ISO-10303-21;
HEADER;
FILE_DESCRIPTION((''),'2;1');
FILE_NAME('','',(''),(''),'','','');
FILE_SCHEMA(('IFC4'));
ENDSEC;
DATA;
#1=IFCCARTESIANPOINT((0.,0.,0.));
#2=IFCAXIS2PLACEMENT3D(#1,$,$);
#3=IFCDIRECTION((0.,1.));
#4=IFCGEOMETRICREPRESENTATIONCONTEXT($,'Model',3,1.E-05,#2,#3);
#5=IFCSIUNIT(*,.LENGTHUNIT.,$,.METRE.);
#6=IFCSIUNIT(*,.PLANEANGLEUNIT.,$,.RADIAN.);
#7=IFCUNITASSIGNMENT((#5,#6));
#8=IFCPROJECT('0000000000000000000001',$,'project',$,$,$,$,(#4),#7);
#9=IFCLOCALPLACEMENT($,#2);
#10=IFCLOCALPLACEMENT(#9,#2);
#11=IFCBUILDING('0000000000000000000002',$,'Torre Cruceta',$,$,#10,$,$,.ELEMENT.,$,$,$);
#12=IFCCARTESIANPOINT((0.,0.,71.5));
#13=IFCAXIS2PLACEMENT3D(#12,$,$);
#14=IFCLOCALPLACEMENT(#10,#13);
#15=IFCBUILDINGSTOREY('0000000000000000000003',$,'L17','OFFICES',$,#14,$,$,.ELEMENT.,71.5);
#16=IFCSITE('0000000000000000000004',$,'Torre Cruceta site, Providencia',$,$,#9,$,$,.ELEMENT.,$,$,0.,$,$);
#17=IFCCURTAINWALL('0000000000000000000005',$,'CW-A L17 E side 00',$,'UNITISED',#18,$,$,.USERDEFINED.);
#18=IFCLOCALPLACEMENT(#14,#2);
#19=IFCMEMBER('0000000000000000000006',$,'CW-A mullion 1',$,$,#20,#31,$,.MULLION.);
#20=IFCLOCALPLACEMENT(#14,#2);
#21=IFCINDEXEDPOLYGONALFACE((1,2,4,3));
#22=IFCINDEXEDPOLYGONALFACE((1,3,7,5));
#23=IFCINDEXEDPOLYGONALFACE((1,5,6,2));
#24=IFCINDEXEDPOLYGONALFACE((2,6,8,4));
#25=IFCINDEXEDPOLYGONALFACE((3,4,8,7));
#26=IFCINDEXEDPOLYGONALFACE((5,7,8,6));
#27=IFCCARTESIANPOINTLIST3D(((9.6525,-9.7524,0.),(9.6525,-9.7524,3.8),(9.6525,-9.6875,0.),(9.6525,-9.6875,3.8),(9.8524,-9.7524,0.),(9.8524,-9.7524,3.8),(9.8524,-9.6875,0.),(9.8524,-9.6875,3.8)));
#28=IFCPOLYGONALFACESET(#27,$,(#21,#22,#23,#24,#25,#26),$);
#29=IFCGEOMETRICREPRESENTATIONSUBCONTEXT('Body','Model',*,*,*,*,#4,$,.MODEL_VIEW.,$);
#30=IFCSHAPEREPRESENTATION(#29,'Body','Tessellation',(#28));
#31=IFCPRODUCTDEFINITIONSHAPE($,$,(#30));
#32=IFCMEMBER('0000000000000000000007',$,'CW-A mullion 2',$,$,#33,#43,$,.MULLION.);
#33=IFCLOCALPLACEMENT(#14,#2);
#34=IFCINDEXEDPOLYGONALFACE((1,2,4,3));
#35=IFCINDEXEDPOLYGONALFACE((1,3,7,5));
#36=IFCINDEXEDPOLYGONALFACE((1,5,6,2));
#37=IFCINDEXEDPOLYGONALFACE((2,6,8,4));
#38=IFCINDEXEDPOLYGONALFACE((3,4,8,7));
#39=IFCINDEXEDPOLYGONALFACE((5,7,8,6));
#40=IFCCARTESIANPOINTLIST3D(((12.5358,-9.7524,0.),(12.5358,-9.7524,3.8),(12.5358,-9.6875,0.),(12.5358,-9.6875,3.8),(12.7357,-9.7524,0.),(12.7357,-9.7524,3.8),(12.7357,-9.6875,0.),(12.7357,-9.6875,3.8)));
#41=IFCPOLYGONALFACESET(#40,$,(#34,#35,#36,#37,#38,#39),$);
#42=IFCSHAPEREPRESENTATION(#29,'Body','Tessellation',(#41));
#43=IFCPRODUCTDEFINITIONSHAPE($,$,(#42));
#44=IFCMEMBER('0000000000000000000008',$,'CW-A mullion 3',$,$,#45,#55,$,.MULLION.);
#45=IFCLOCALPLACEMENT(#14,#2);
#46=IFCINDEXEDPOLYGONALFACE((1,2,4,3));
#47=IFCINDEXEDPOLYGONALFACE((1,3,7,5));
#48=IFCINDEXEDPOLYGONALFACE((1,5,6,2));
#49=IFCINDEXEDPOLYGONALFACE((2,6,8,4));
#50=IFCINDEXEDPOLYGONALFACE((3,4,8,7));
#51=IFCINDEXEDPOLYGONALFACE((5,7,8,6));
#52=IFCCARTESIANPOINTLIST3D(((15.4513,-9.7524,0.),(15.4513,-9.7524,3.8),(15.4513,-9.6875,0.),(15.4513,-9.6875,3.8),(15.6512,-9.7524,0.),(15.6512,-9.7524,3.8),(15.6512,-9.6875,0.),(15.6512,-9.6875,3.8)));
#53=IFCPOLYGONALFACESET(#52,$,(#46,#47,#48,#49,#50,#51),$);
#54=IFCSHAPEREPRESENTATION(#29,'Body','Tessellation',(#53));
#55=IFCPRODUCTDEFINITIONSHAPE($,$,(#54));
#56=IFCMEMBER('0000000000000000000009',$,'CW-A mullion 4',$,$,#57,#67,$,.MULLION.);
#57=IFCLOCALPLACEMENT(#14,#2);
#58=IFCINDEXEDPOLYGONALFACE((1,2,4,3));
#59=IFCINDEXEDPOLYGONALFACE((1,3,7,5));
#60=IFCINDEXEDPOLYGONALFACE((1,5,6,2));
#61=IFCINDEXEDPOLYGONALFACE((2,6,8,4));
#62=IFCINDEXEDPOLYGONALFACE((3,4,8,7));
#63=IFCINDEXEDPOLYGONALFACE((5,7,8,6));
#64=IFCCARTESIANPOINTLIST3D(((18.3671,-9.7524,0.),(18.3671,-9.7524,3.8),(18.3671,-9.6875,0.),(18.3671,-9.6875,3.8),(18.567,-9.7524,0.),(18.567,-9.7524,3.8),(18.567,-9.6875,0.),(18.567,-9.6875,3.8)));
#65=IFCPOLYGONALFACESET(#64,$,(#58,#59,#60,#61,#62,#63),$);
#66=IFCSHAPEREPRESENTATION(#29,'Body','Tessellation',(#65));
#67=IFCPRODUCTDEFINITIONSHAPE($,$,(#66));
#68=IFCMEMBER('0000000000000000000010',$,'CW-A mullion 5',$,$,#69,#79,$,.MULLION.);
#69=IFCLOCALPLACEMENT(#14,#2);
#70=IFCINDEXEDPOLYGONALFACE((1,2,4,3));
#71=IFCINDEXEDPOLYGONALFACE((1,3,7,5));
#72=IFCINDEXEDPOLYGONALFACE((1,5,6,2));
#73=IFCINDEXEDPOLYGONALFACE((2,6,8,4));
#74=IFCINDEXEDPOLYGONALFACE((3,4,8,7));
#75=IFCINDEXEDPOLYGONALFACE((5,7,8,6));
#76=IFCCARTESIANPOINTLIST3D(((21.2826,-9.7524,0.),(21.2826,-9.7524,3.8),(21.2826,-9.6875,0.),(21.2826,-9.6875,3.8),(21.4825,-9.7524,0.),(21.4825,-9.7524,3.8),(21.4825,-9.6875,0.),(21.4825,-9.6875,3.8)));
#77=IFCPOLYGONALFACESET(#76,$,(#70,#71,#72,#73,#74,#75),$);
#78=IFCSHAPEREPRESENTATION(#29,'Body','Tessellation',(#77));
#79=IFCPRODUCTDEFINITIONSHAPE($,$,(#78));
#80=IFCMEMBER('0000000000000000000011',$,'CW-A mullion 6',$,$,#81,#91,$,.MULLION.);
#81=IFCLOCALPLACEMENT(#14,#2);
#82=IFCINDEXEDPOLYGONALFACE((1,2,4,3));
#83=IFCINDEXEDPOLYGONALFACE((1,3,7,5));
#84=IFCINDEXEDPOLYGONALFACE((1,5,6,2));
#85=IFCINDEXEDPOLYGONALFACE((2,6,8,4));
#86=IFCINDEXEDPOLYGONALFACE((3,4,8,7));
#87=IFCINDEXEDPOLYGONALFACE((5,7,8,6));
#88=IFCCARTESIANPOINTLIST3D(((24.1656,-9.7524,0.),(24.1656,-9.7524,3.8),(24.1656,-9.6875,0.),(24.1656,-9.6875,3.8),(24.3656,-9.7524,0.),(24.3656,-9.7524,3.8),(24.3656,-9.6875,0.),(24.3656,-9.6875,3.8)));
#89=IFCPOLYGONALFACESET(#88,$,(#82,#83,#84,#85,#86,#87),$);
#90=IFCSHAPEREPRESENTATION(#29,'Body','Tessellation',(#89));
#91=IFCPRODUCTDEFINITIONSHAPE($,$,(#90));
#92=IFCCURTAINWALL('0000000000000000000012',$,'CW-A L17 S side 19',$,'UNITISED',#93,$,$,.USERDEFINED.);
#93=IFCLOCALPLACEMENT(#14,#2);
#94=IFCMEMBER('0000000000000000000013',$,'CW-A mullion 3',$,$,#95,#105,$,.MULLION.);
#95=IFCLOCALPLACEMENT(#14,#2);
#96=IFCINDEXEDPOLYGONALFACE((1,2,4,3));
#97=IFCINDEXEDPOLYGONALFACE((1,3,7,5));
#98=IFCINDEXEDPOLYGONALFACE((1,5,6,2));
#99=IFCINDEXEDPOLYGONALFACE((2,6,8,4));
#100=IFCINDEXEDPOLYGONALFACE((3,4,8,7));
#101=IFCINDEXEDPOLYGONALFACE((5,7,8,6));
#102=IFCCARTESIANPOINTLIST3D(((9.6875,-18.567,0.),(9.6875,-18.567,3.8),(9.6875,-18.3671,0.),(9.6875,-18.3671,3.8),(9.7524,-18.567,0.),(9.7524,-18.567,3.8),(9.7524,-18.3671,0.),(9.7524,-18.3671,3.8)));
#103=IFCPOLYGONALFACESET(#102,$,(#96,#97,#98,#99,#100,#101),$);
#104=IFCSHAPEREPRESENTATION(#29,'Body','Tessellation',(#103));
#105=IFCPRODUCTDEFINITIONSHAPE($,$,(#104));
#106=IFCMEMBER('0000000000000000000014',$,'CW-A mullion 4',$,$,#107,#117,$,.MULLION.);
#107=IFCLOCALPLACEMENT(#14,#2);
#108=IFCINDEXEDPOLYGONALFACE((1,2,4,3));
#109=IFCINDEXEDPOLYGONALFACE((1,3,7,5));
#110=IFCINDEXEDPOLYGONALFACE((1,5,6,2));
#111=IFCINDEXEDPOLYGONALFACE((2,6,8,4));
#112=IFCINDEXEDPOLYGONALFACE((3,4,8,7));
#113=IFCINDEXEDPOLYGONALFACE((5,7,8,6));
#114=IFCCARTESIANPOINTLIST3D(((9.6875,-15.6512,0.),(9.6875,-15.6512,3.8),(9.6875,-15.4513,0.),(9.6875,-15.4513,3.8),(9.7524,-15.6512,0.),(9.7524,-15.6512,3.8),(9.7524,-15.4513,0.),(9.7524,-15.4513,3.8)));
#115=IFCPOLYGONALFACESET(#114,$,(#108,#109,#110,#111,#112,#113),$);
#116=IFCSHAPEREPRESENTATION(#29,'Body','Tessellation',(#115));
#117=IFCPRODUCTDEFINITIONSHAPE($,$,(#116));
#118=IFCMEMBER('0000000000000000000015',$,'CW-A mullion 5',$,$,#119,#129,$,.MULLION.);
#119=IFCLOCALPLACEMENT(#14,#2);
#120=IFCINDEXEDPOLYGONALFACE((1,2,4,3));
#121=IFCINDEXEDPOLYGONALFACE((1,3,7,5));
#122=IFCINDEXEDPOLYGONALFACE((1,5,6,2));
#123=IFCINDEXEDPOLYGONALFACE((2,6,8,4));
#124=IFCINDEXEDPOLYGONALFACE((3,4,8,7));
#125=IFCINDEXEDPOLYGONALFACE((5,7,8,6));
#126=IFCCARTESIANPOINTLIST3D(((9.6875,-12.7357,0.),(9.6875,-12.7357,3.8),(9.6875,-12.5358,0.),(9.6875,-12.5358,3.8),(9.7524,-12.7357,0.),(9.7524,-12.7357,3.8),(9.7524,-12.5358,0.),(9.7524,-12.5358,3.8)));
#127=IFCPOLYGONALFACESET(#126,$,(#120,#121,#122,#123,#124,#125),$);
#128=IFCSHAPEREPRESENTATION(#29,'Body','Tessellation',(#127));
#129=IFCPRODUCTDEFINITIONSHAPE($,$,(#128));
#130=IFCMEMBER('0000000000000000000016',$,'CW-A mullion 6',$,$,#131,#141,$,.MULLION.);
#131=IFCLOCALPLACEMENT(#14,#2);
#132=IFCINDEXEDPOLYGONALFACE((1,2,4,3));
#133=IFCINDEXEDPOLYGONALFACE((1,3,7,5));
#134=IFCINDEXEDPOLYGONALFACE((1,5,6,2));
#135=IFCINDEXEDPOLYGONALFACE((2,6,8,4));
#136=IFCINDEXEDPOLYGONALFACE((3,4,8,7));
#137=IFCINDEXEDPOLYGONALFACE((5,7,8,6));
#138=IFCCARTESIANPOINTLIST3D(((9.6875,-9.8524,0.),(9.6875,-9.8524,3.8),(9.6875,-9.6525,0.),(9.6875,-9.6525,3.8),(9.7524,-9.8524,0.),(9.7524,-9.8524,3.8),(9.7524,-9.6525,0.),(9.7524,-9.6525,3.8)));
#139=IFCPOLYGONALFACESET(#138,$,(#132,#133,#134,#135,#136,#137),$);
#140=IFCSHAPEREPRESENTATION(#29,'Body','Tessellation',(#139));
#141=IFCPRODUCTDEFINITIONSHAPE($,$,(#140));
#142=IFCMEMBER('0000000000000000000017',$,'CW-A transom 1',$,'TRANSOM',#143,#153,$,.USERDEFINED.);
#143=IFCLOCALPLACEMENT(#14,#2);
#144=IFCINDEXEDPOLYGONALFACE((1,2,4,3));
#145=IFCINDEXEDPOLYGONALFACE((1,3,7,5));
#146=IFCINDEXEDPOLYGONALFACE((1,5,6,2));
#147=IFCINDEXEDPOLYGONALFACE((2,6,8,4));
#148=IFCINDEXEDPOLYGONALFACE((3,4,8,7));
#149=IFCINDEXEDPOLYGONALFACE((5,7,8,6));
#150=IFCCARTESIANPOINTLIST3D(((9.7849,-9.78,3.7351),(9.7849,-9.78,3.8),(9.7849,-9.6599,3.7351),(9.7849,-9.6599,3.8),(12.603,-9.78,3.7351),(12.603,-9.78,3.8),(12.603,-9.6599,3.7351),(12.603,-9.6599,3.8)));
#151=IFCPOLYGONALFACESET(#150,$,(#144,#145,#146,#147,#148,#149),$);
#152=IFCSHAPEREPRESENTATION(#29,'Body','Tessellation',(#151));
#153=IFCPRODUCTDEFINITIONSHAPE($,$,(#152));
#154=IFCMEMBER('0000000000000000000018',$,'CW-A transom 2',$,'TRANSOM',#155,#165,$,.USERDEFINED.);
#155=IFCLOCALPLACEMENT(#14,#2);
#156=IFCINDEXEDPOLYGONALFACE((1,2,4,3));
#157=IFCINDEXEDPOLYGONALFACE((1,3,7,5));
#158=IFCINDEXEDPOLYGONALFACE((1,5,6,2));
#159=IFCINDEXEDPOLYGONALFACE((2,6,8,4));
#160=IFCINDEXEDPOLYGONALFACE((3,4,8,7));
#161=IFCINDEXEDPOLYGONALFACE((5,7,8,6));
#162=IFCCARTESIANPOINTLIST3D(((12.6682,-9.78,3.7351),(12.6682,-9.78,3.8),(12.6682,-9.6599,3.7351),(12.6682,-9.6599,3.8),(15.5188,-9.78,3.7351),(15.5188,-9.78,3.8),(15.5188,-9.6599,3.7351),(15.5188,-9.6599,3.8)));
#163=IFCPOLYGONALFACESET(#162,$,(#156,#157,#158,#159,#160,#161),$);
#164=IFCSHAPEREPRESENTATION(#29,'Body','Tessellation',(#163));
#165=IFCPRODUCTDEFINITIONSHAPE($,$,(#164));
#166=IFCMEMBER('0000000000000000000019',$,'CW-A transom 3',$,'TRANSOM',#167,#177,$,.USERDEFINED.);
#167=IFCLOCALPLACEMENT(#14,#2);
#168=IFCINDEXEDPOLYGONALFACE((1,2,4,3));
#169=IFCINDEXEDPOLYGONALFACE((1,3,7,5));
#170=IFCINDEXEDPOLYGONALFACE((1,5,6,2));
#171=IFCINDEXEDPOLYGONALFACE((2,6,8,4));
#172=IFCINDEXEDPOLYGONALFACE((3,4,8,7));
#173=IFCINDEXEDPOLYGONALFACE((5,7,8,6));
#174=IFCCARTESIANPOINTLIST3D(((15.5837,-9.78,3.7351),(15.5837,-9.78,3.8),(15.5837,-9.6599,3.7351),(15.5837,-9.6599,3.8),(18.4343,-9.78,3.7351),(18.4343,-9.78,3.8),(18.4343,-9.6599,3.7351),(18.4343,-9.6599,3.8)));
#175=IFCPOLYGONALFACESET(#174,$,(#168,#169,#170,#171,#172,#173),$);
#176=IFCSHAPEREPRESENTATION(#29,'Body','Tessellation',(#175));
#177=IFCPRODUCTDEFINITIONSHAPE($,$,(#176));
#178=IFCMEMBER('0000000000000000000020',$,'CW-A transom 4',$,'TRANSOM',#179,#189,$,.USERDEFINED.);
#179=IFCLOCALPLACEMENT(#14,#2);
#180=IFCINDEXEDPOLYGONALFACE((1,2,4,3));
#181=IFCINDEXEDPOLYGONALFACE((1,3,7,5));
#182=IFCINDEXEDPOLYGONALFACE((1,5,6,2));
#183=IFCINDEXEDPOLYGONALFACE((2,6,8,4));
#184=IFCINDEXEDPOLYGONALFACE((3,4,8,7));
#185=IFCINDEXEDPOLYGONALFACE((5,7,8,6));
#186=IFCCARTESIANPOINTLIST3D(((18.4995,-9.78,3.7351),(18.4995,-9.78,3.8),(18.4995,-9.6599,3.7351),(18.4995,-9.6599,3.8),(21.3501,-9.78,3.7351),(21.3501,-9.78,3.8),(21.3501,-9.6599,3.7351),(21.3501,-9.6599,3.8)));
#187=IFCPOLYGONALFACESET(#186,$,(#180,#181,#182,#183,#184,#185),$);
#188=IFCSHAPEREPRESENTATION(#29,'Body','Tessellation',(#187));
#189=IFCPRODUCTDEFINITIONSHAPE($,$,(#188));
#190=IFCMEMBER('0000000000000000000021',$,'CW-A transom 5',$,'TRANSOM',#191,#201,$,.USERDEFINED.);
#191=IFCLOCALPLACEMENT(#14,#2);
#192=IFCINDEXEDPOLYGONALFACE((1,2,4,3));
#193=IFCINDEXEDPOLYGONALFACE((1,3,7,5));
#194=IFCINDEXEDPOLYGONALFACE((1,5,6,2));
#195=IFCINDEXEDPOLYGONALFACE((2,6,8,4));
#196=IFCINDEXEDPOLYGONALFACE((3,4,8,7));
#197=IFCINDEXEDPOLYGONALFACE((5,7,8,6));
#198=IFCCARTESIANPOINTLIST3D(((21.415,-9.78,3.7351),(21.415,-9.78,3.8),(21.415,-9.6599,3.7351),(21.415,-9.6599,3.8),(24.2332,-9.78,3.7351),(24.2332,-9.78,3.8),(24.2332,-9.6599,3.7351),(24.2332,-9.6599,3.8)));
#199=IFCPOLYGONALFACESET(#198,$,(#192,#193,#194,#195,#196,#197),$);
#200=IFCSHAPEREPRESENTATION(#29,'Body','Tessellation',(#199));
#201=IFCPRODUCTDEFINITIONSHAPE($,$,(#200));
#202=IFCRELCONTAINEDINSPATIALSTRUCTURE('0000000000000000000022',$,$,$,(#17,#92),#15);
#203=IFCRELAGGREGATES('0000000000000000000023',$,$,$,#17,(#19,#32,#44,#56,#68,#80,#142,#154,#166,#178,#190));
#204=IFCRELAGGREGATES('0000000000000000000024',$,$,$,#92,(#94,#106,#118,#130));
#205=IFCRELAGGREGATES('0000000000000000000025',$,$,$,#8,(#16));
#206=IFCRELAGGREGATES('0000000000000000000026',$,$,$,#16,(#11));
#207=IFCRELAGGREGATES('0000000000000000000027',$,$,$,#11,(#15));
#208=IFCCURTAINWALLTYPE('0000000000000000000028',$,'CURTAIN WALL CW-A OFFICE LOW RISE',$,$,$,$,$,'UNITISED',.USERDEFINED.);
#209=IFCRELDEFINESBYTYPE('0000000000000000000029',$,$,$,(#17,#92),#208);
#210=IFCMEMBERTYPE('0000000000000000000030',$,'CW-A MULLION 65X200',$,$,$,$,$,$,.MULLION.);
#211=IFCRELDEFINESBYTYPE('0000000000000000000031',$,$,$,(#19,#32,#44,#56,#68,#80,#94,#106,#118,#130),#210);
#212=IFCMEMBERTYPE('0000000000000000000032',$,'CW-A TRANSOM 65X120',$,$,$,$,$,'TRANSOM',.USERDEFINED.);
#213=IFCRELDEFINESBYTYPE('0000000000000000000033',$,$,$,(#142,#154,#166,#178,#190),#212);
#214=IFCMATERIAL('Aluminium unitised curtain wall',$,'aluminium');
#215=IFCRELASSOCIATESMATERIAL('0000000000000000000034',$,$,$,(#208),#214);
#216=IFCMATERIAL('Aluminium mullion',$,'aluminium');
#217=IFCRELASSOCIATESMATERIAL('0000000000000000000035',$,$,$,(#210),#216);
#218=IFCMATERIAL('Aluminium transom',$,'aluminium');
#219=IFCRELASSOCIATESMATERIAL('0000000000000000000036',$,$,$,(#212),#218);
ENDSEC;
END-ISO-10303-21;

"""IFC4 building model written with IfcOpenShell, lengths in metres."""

from ifc_helpers import new_model, si_unit, direction, frame, origin, origin_2d, place, context, subcontext, project, spatial, rectangle, extrude, material, material_profile, profile_set, type_object, element, aggregate, save


model = new_model("IFC4")

# Units and contexts
model_context = context("Model", 3, precision=1e-05, world=origin(), true_north=direction((0.0, 1.0)))
body_context = subcontext(model_context, "Body", "Model", "MODEL_VIEW")
ifc_project = project(units=[si_unit("LENGTHUNIT", "METRE"), si_unit("PLANEANGLEUNIT", "RADIAN")], contexts=[model_context])

# Site, building, storey
site_placement = place(None, origin())
site = spatial("IfcSite", under=ifc_project, at=site_placement, Name="Torre Cruceta site, Providencia", CompositionType="ELEMENT", RefElevation=0.0)
building_placement = place(site_placement, origin())
building = spatial("IfcBuilding", under=site, at=building_placement, Name="Torre Cruceta", CompositionType="ELEMENT")
storey_placement = place(building_placement, frame((0.0, 0.0, 71.5)))
storey = spatial("IfcBuildingStorey", under=building, at=storey_placement, Name="L17", Description="OFFICES", CompositionType="ELEMENT", Elevation=71.5)

# Curtain walls, members
ifc_material_1 = material(Name="Aluminium unitised curtain wall", Category="aluminium")
curtain_wall_type = type_object("IfcCurtainWallType", Name="CURTAIN WALL CW-A OFFICE LOW RISE", ElementType="UNITISED", PredefinedType="USERDEFINED", material=ifc_material_1)
curtain_wall_1_placement = place(storey_placement, origin())
curtain_wall_1 = element("IfcCurtainWall", 1, at=curtain_wall_1_placement, inside=storey, type_object=curtain_wall_type, Name="CW-A L17 E side 00", ObjectType="UNITISED", PredefinedType="USERDEFINED")
ifc_material_2 = material(Name="Aluminium mullion", Category="aluminium")
ifc_material_profile_1 = material_profile(ifc_material_2, rectangle(XDim=0.0649, YDim=0.2, at=origin_2d()), Name="AL 65X200")
ifc_profile_set_1 = profile_set([ifc_material_profile_1], Name="Aluminium mullion")
member_type_1 = type_object("IfcMemberType", Name="CW-A MULLION 65X200", PredefinedType="MULLION", material=ifc_profile_set_1)
member_1_placement = place(storey_placement, frame((9.7524, -9.72, 0.0), z_axis=(0.0, 0.0, 1.0), x_axis=(0.0, 1.0, 0.0)))
member_1 = element("IfcMember", 2, at=member_1_placement, type_object=member_type_1, Name="CW-A mullion 1", PredefinedType="MULLION", context=body_context, shape_type="SweptSolid", body=[
    extrude(rectangle(XDim=0.0649, YDim=0.2, at=origin_2d()), origin(), (0.0, 0.0, 1.0), 3.8),
])
member_2_placement = place(storey_placement, frame((12.6357, -9.72, 0.0), z_axis=(0.0, 0.0, 1.0), x_axis=(0.0, 1.0, 0.0)))
member_2 = element("IfcMember", 3, at=member_2_placement, type_object=member_type_1, Name="CW-A mullion 2", PredefinedType="MULLION", context=body_context, shape_type="SweptSolid", body=[
    extrude(rectangle(XDim=0.0649, YDim=0.2, at=origin_2d()), origin(), (0.0, 0.0, 1.0), 3.8),
])
member_3_placement = place(storey_placement, frame((15.5513, -9.72, 0.0), z_axis=(0.0, 0.0, 1.0), x_axis=(0.0, 1.0, 0.0)))
member_3 = element("IfcMember", 4, at=member_3_placement, type_object=member_type_1, Name="CW-A mullion 3", PredefinedType="MULLION", context=body_context, shape_type="SweptSolid", body=[
    extrude(rectangle(XDim=0.0649, YDim=0.2, at=origin_2d()), origin(), (0.0, 0.0, 1.0), 3.8),
])
member_4_placement = place(storey_placement, frame((18.467, -9.72, 0.0), z_axis=(0.0, 0.0, 1.0), x_axis=(0.0, 1.0, 0.0)))
member_4 = element("IfcMember", 5, at=member_4_placement, type_object=member_type_1, Name="CW-A mullion 4", PredefinedType="MULLION", context=body_context, shape_type="SweptSolid", body=[
    extrude(rectangle(XDim=0.0649, YDim=0.2, at=origin_2d()), origin(), (0.0, 0.0, 1.0), 3.8),
])
member_5_placement = place(storey_placement, frame((21.3826, -9.72, 0.0), z_axis=(0.0, 0.0, 1.0), x_axis=(0.0, 1.0, 0.0)))
member_5 = element("IfcMember", 6, at=member_5_placement, type_object=member_type_1, Name="CW-A mullion 5", PredefinedType="MULLION", context=body_context, shape_type="SweptSolid", body=[
    extrude(rectangle(XDim=0.0649, YDim=0.2, at=origin_2d()), origin(), (0.0, 0.0, 1.0), 3.8),
])
member_6_placement = place(storey_placement, frame((24.2656, -9.72, 0.0), z_axis=(0.0, 0.0, 1.0), x_axis=(0.0, 1.0, 0.0)))
member_6 = element("IfcMember", 7, at=member_6_placement, type_object=member_type_1, Name="CW-A mullion 6", PredefinedType="MULLION", context=body_context, shape_type="SweptSolid", body=[
    extrude(rectangle(XDim=0.0649, YDim=0.2, at=origin_2d()), origin(), (0.0, 0.0, 1.0), 3.8),
])
curtain_wall_2_placement = place(storey_placement, origin())
curtain_wall_2 = element("IfcCurtainWall", 8, at=curtain_wall_2_placement, inside=storey, type_object=curtain_wall_type, Name="CW-A L17 S side 19", ObjectType="UNITISED", PredefinedType="USERDEFINED")
member_7_placement = place(storey_placement, frame((9.72, -18.467, 0.0), z_axis=(0.0, 0.0, 1.0), x_axis=(-1.0, 0.0, 0.0)))
member_7 = element("IfcMember", 9, at=member_7_placement, type_object=member_type_1, Name="CW-A mullion 3", PredefinedType="MULLION", context=body_context, shape_type="SweptSolid", body=[
    extrude(rectangle(XDim=0.0649, YDim=0.2, at=origin_2d()), origin(), (0.0, 0.0, 1.0), 3.8),
])
member_8_placement = place(storey_placement, frame((9.72, -15.5513, 0.0), z_axis=(0.0, 0.0, 1.0), x_axis=(-1.0, 0.0, 0.0)))
member_8 = element("IfcMember", 10, at=member_8_placement, type_object=member_type_1, Name="CW-A mullion 4", PredefinedType="MULLION", context=body_context, shape_type="SweptSolid", body=[
    extrude(rectangle(XDim=0.0649, YDim=0.2, at=origin_2d()), origin(), (0.0, 0.0, 1.0), 3.8),
])
member_9_placement = place(storey_placement, frame((9.72, -12.6357, 0.0), z_axis=(0.0, 0.0, 1.0), x_axis=(-1.0, 0.0, 0.0)))
member_9 = element("IfcMember", 11, at=member_9_placement, type_object=member_type_1, Name="CW-A mullion 5", PredefinedType="MULLION", context=body_context, shape_type="SweptSolid", body=[
    extrude(rectangle(XDim=0.0649, YDim=0.2, at=origin_2d()), origin(), (0.0, 0.0, 1.0), 3.8),
])
member_10_placement = place(storey_placement, frame((9.72, -9.7524, 0.0), z_axis=(0.0, 0.0, 1.0), x_axis=(-1.0, 0.0, 0.0)))
member_10 = element("IfcMember", 12, at=member_10_placement, type_object=member_type_1, Name="CW-A mullion 6", PredefinedType="MULLION", context=body_context, shape_type="SweptSolid", body=[
    extrude(rectangle(XDim=0.0649, YDim=0.2, at=origin_2d()), origin(), (0.0, 0.0, 1.0), 3.8),
])

# Members
ifc_material_3 = material(Name="Aluminium transom", Category="aluminium")
ifc_material_profile_2 = material_profile(ifc_material_3, rectangle(XDim=0.1201, YDim=0.0649, at=origin_2d()), Name="AL 120X65")
ifc_profile_set_2 = profile_set([ifc_material_profile_2], Name="Aluminium transom")
member_type_2 = type_object("IfcMemberType", Name="CW-A TRANSOM 65X120", ElementType="TRANSOM", PredefinedType="USERDEFINED", material=ifc_profile_set_2)
member_11_placement = place(storey_placement, frame((9.7849, -9.72, 3.7676), z_axis=(1.0, 0.0, 0.0), x_axis=(0.0, 1.0, 0.0)))
member_11 = element("IfcMember", 13, at=member_11_placement, type_object=member_type_2, Name="CW-A transom 1", ObjectType="TRANSOM", PredefinedType="USERDEFINED", context=body_context, shape_type="SweptSolid", body=[
    extrude(rectangle(XDim=0.1201, YDim=0.0649, at=origin_2d()), origin(), (0.0, 0.0, 1.0), 2.8181),
])
member_12_placement = place(storey_placement, frame((12.6682, -9.72, 3.7676), z_axis=(1.0, 0.0, 0.0), x_axis=(0.0, 1.0, 0.0)))
member_12 = element("IfcMember", 14, at=member_12_placement, type_object=member_type_2, Name="CW-A transom 2", ObjectType="TRANSOM", PredefinedType="USERDEFINED", context=body_context, shape_type="SweptSolid", body=[
    extrude(rectangle(XDim=0.1201, YDim=0.0649, at=origin_2d()), origin(), (0.0, 0.0, 1.0), 2.8506),
])
member_13_placement = place(storey_placement, frame((15.5837, -9.72, 3.7676), z_axis=(1.0, 0.0, 0.0), x_axis=(0.0, 1.0, 0.0)))
member_13 = element("IfcMember", 15, at=member_13_placement, type_object=member_type_2, Name="CW-A transom 3", ObjectType="TRANSOM", PredefinedType="USERDEFINED", context=body_context, shape_type="SweptSolid", body=[
    extrude(rectangle(XDim=0.1201, YDim=0.0649, at=origin_2d()), origin(), (0.0, 0.0, 1.0), 2.8506),
])
member_14_placement = place(storey_placement, frame((18.4995, -9.72, 3.7676), z_axis=(1.0, 0.0, 0.0), x_axis=(0.0, 1.0, 0.0)))
member_14 = element("IfcMember", 16, at=member_14_placement, type_object=member_type_2, Name="CW-A transom 4", ObjectType="TRANSOM", PredefinedType="USERDEFINED", context=body_context, shape_type="SweptSolid", body=[
    extrude(rectangle(XDim=0.1201, YDim=0.0649, at=origin_2d()), origin(), (0.0, 0.0, 1.0), 2.8506),
])
member_15_placement = place(storey_placement, frame((21.415, -9.72, 3.7676), z_axis=(1.0, 0.0, 0.0), x_axis=(0.0, 1.0, 0.0)))
member_15 = element("IfcMember", 17, at=member_15_placement, type_object=member_type_2, Name="CW-A transom 5", ObjectType="TRANSOM", PredefinedType="USERDEFINED", context=body_context, shape_type="SweptSolid", body=[
    extrude(rectangle(XDim=0.1201, YDim=0.0649, at=origin_2d()), origin(), (0.0, 0.0, 1.0), 2.8181),
])

aggregate(curtain_wall_1, [member_1, member_2, member_3, member_4, member_5, member_6, member_11, member_12, member_13, member_14, member_15])
aggregate(curtain_wall_2, [member_7, member_8, member_9, member_10])

save(model, "model.ifc")
